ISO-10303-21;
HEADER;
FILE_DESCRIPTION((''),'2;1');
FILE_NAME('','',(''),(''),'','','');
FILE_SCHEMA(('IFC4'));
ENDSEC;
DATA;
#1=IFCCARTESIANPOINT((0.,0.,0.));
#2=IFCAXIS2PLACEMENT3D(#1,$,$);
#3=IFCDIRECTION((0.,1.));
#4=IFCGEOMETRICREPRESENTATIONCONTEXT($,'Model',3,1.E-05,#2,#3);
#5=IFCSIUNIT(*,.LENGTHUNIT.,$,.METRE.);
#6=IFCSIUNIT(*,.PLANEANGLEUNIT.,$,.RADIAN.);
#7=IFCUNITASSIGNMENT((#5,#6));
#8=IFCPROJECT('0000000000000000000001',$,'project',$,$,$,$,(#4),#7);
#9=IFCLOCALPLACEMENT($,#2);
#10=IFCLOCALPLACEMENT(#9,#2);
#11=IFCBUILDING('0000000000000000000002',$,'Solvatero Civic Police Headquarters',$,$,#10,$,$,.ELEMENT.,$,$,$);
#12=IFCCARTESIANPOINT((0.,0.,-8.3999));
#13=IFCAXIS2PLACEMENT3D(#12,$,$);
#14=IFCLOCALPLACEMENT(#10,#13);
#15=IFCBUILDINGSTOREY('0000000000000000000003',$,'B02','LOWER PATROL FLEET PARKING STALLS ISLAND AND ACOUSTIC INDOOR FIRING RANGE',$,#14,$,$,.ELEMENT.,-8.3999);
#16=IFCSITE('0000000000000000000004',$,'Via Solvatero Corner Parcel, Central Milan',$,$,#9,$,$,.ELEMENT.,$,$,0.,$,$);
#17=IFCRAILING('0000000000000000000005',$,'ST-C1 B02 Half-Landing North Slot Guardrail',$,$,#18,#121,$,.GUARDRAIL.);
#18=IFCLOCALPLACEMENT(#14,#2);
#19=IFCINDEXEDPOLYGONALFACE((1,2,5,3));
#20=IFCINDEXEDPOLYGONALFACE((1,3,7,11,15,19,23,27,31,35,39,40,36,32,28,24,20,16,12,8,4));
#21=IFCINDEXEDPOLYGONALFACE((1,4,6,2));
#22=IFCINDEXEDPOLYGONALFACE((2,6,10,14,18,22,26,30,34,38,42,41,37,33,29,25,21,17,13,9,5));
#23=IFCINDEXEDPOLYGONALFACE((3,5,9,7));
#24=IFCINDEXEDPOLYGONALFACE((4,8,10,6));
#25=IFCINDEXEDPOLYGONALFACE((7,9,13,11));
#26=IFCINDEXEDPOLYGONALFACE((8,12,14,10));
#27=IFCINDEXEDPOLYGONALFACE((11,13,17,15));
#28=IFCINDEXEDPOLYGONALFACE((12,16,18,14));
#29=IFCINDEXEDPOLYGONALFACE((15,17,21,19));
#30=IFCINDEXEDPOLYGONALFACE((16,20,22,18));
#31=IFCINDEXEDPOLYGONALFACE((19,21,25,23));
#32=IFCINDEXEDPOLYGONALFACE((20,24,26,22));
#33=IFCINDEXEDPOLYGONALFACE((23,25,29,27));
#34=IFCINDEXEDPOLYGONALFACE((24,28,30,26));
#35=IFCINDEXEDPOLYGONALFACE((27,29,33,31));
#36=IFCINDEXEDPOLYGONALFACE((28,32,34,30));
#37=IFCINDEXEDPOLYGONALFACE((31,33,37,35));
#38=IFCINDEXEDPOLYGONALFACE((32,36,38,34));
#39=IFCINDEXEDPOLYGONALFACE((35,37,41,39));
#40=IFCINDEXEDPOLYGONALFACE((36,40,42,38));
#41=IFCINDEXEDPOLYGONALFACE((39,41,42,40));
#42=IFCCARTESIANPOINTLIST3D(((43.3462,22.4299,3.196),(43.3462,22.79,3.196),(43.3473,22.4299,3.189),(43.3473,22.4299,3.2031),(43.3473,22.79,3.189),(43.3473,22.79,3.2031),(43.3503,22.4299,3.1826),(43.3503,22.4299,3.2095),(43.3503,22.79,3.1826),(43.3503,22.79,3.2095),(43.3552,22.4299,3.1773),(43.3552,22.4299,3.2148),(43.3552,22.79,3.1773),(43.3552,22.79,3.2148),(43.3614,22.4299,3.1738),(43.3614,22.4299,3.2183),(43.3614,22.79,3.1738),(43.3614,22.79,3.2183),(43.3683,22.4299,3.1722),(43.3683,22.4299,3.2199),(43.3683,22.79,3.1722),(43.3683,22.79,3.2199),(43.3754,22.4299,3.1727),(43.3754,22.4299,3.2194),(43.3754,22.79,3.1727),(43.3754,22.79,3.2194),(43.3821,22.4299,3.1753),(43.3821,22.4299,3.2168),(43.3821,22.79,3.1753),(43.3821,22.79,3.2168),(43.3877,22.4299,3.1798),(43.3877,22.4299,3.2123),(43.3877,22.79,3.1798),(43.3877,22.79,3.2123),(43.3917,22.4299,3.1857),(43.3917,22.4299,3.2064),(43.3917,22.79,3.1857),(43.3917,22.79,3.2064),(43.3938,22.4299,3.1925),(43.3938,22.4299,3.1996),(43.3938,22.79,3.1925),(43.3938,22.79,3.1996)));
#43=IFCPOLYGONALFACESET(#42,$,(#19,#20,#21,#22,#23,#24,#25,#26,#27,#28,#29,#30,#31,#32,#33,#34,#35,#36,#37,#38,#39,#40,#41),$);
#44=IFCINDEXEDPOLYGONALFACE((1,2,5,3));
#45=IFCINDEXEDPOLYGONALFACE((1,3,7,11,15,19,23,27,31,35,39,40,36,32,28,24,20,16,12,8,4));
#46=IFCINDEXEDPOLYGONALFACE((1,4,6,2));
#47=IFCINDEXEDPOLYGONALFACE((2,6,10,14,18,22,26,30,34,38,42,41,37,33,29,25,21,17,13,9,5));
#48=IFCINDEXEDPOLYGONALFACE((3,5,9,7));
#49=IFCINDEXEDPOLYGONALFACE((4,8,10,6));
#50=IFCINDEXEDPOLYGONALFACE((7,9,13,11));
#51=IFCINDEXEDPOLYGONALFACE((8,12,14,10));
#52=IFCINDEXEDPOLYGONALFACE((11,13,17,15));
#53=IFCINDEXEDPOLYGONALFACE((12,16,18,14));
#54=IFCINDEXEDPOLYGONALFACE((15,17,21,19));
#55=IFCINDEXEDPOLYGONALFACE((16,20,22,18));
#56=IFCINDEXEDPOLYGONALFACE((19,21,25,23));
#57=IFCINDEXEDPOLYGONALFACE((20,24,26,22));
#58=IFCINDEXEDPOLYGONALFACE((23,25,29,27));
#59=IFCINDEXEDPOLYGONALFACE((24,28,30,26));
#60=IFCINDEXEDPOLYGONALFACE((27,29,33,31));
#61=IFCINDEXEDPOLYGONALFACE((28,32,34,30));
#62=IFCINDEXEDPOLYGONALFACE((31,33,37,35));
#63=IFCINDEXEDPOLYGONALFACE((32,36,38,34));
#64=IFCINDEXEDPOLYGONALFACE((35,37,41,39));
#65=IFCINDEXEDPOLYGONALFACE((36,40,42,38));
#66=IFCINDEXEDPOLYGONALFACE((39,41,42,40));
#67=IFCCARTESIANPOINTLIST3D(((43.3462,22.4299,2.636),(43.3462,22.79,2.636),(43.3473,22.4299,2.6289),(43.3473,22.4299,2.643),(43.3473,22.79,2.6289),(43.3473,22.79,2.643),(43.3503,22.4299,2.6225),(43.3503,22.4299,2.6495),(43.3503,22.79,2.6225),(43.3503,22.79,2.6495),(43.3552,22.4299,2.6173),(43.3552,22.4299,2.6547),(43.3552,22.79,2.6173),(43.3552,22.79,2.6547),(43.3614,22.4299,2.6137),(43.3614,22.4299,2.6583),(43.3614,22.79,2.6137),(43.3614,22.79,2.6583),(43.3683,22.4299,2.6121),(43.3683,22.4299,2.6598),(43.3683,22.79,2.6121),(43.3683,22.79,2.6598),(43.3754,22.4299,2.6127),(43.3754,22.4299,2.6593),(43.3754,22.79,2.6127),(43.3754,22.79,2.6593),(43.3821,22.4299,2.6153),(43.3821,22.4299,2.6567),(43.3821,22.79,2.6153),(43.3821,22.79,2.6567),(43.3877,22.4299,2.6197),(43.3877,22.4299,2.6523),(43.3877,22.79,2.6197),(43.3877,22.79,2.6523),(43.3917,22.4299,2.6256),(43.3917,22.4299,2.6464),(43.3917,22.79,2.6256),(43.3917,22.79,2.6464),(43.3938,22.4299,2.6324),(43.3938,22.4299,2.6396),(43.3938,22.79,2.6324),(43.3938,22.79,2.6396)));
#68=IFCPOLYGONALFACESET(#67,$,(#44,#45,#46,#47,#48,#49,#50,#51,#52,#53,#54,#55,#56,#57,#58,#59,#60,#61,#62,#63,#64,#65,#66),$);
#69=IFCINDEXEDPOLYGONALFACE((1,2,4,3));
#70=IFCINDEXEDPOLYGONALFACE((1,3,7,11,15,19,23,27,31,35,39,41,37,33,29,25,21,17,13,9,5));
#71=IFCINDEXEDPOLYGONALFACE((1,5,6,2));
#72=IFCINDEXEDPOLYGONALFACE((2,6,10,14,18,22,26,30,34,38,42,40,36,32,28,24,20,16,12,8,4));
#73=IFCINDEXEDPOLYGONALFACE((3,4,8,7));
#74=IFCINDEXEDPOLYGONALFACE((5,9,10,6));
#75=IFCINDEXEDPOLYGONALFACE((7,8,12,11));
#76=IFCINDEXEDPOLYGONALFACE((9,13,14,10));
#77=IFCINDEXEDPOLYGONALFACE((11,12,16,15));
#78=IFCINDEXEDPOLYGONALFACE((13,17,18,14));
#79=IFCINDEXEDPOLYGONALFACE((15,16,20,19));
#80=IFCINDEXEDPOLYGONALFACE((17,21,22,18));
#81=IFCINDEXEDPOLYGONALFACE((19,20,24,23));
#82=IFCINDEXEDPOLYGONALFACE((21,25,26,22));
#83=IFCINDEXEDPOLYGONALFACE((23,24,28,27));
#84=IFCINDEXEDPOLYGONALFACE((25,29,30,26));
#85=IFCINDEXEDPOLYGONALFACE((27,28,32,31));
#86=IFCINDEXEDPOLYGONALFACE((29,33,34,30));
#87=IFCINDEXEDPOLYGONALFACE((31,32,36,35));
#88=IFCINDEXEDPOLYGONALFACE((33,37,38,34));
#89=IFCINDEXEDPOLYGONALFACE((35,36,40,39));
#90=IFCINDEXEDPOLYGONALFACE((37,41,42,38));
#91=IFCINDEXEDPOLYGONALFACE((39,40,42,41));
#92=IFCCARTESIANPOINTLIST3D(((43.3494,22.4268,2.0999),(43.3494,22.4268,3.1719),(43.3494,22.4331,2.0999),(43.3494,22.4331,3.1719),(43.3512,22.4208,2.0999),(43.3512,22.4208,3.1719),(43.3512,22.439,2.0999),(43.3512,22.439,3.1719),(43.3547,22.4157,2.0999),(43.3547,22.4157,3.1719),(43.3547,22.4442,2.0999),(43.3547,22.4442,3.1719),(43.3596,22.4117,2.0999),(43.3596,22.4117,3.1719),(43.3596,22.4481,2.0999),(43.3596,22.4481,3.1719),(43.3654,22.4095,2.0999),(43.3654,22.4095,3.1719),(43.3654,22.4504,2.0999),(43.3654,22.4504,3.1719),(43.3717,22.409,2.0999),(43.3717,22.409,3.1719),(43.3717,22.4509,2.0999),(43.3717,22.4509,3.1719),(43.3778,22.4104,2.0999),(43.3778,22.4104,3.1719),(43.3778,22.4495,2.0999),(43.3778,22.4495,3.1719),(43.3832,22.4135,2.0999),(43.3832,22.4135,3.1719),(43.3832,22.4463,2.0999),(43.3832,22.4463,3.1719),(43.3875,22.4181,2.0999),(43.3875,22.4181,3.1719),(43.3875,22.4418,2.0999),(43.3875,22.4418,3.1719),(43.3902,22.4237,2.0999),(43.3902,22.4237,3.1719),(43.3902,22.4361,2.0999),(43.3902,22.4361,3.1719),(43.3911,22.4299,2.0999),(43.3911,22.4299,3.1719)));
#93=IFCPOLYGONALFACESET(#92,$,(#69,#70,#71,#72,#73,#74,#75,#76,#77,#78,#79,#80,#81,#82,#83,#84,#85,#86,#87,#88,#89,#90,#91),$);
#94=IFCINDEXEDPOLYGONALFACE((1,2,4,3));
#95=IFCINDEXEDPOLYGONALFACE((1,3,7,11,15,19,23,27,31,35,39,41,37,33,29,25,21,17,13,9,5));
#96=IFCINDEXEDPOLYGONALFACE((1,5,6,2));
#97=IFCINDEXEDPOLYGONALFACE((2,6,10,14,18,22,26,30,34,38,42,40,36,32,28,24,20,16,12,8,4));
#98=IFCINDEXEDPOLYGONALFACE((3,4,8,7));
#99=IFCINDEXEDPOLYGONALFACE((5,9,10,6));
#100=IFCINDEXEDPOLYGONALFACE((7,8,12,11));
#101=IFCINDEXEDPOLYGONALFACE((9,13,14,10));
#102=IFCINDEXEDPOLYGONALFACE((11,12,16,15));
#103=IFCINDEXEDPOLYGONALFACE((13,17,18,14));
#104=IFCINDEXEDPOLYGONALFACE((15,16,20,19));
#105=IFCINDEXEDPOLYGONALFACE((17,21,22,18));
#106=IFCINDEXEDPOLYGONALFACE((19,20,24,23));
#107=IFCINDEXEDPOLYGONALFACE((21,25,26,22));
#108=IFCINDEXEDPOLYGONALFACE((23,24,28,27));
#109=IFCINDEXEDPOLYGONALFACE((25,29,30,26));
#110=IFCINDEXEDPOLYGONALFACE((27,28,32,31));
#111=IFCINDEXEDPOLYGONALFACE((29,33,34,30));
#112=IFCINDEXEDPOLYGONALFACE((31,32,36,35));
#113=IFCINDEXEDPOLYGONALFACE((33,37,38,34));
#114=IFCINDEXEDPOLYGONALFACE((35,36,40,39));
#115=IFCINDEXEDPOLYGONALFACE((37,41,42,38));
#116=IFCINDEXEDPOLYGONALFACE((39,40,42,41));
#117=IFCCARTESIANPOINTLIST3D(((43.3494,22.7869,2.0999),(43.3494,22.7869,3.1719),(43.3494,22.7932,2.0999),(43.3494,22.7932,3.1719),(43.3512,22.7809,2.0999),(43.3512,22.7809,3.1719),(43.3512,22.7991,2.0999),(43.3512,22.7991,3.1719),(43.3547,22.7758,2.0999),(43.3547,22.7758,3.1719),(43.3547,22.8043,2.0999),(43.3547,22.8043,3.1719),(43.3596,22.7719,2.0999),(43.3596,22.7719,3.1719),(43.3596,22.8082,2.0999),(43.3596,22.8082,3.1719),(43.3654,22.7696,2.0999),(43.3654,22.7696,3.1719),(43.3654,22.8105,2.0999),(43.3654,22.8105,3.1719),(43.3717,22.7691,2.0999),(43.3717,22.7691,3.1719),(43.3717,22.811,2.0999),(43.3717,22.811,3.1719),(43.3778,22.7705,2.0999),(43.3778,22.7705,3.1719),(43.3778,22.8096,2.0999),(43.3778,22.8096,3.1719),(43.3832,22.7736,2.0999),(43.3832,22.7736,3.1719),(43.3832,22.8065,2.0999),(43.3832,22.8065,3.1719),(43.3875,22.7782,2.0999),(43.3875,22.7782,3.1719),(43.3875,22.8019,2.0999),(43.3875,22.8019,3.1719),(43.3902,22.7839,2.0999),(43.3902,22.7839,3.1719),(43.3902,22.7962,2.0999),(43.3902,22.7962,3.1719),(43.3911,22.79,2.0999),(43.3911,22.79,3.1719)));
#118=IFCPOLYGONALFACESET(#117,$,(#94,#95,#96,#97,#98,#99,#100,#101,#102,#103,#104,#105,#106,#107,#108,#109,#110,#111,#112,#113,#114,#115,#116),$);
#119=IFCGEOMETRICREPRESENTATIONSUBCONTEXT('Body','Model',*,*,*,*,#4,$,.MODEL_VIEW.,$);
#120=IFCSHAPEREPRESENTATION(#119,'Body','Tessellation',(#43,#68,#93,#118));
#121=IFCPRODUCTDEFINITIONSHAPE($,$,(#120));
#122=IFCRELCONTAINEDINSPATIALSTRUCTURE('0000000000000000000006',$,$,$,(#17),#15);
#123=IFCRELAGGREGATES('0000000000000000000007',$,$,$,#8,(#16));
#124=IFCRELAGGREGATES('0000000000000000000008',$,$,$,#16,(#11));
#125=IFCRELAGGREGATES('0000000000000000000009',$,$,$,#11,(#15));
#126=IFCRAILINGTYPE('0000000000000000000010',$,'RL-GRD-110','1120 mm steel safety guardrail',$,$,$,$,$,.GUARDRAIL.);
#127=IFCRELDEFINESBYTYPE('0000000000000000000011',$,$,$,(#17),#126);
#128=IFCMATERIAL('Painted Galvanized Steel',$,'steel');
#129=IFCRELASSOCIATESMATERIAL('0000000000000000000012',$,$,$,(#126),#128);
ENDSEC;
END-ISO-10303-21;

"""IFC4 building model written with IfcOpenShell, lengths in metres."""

from ifc_helpers import new_model, si_unit, direction, frame, origin, origin_2d, place, context, subcontext, project, spatial, circle, extrude, material, type_object, element, save


model = new_model("IFC4")

# Units and contexts
model_context = context("Model", 3, precision=1e-05, world=origin(), true_north=direction((0.0, 1.0)))
body_context = subcontext(model_context, "Body", "Model", "MODEL_VIEW")
ifc_project = project(units=[si_unit("LENGTHUNIT", "METRE"), si_unit("PLANEANGLEUNIT", "RADIAN")], contexts=[model_context])

# Site, building, storey
site_placement = place(None, origin())
site = spatial("IfcSite", under=ifc_project, at=site_placement, Name="Via Solvatero Corner Parcel, Central Milan", CompositionType="ELEMENT", RefElevation=0.0)
building_placement = place(site_placement, origin())
building = spatial("IfcBuilding", under=site, at=building_placement, Name="Solvatero Civic Police Headquarters", CompositionType="ELEMENT")
storey_placement = place(building_placement, frame((0.0, 0.0, -8.3999)))
storey = spatial("IfcBuildingStorey", under=building, at=storey_placement, Name="B02", Description="LOWER PATROL FLEET PARKING STALLS ISLAND AND ACOUSTIC INDOOR FIRING RANGE", CompositionType="ELEMENT", Elevation=-8.3999)

# Railing
ifc_material_1 = material(Name="Painted Galvanized Steel", Category="steel")
railing_type_1 = type_object("IfcRailingType", Name="RL-GRD-110", Description="1120 mm steel safety guardrail", PredefinedType="GUARDRAIL", material=ifc_material_1)
railing_1_placement = place(storey_placement, frame((43.3701, 22.4299, 2.0999)))
element("IfcRailing", 1, at=railing_1_placement, inside=storey, type_object=railing_type_1, Name="ST-C1 B02 Half-Landing North Slot Guardrail", PredefinedType="GUARDRAIL", context=body_context, shape_type="SweptSolid", body=[
    extrude(circle(Radius=0.0239, at=origin_2d()), frame((0.0, 0.0, 1.0962), z_axis=(0.0, 1.0, 0.0), x_axis=(-1.0, 0.0, 0.0)), (0.0, 0.0, 1.0), 0.3601),
    extrude(circle(Radius=0.0239, at=origin_2d()), frame((0.0, 0.0, 0.5361), z_axis=(0.0, 1.0, 0.0), x_axis=(-1.0, 0.0, 0.0)), (0.0, 0.0, 1.0), 0.3601),
    extrude(circle(Radius=0.021, at=origin_2d()), origin(), (0.0, 0.0, 1.0), 1.072),
    extrude(circle(Radius=0.021, at=origin_2d()), frame((0.0, 0.3601, 0.0)), (0.0, 0.0, 1.0), 1.072),
])

save(model, "model.ifc")
